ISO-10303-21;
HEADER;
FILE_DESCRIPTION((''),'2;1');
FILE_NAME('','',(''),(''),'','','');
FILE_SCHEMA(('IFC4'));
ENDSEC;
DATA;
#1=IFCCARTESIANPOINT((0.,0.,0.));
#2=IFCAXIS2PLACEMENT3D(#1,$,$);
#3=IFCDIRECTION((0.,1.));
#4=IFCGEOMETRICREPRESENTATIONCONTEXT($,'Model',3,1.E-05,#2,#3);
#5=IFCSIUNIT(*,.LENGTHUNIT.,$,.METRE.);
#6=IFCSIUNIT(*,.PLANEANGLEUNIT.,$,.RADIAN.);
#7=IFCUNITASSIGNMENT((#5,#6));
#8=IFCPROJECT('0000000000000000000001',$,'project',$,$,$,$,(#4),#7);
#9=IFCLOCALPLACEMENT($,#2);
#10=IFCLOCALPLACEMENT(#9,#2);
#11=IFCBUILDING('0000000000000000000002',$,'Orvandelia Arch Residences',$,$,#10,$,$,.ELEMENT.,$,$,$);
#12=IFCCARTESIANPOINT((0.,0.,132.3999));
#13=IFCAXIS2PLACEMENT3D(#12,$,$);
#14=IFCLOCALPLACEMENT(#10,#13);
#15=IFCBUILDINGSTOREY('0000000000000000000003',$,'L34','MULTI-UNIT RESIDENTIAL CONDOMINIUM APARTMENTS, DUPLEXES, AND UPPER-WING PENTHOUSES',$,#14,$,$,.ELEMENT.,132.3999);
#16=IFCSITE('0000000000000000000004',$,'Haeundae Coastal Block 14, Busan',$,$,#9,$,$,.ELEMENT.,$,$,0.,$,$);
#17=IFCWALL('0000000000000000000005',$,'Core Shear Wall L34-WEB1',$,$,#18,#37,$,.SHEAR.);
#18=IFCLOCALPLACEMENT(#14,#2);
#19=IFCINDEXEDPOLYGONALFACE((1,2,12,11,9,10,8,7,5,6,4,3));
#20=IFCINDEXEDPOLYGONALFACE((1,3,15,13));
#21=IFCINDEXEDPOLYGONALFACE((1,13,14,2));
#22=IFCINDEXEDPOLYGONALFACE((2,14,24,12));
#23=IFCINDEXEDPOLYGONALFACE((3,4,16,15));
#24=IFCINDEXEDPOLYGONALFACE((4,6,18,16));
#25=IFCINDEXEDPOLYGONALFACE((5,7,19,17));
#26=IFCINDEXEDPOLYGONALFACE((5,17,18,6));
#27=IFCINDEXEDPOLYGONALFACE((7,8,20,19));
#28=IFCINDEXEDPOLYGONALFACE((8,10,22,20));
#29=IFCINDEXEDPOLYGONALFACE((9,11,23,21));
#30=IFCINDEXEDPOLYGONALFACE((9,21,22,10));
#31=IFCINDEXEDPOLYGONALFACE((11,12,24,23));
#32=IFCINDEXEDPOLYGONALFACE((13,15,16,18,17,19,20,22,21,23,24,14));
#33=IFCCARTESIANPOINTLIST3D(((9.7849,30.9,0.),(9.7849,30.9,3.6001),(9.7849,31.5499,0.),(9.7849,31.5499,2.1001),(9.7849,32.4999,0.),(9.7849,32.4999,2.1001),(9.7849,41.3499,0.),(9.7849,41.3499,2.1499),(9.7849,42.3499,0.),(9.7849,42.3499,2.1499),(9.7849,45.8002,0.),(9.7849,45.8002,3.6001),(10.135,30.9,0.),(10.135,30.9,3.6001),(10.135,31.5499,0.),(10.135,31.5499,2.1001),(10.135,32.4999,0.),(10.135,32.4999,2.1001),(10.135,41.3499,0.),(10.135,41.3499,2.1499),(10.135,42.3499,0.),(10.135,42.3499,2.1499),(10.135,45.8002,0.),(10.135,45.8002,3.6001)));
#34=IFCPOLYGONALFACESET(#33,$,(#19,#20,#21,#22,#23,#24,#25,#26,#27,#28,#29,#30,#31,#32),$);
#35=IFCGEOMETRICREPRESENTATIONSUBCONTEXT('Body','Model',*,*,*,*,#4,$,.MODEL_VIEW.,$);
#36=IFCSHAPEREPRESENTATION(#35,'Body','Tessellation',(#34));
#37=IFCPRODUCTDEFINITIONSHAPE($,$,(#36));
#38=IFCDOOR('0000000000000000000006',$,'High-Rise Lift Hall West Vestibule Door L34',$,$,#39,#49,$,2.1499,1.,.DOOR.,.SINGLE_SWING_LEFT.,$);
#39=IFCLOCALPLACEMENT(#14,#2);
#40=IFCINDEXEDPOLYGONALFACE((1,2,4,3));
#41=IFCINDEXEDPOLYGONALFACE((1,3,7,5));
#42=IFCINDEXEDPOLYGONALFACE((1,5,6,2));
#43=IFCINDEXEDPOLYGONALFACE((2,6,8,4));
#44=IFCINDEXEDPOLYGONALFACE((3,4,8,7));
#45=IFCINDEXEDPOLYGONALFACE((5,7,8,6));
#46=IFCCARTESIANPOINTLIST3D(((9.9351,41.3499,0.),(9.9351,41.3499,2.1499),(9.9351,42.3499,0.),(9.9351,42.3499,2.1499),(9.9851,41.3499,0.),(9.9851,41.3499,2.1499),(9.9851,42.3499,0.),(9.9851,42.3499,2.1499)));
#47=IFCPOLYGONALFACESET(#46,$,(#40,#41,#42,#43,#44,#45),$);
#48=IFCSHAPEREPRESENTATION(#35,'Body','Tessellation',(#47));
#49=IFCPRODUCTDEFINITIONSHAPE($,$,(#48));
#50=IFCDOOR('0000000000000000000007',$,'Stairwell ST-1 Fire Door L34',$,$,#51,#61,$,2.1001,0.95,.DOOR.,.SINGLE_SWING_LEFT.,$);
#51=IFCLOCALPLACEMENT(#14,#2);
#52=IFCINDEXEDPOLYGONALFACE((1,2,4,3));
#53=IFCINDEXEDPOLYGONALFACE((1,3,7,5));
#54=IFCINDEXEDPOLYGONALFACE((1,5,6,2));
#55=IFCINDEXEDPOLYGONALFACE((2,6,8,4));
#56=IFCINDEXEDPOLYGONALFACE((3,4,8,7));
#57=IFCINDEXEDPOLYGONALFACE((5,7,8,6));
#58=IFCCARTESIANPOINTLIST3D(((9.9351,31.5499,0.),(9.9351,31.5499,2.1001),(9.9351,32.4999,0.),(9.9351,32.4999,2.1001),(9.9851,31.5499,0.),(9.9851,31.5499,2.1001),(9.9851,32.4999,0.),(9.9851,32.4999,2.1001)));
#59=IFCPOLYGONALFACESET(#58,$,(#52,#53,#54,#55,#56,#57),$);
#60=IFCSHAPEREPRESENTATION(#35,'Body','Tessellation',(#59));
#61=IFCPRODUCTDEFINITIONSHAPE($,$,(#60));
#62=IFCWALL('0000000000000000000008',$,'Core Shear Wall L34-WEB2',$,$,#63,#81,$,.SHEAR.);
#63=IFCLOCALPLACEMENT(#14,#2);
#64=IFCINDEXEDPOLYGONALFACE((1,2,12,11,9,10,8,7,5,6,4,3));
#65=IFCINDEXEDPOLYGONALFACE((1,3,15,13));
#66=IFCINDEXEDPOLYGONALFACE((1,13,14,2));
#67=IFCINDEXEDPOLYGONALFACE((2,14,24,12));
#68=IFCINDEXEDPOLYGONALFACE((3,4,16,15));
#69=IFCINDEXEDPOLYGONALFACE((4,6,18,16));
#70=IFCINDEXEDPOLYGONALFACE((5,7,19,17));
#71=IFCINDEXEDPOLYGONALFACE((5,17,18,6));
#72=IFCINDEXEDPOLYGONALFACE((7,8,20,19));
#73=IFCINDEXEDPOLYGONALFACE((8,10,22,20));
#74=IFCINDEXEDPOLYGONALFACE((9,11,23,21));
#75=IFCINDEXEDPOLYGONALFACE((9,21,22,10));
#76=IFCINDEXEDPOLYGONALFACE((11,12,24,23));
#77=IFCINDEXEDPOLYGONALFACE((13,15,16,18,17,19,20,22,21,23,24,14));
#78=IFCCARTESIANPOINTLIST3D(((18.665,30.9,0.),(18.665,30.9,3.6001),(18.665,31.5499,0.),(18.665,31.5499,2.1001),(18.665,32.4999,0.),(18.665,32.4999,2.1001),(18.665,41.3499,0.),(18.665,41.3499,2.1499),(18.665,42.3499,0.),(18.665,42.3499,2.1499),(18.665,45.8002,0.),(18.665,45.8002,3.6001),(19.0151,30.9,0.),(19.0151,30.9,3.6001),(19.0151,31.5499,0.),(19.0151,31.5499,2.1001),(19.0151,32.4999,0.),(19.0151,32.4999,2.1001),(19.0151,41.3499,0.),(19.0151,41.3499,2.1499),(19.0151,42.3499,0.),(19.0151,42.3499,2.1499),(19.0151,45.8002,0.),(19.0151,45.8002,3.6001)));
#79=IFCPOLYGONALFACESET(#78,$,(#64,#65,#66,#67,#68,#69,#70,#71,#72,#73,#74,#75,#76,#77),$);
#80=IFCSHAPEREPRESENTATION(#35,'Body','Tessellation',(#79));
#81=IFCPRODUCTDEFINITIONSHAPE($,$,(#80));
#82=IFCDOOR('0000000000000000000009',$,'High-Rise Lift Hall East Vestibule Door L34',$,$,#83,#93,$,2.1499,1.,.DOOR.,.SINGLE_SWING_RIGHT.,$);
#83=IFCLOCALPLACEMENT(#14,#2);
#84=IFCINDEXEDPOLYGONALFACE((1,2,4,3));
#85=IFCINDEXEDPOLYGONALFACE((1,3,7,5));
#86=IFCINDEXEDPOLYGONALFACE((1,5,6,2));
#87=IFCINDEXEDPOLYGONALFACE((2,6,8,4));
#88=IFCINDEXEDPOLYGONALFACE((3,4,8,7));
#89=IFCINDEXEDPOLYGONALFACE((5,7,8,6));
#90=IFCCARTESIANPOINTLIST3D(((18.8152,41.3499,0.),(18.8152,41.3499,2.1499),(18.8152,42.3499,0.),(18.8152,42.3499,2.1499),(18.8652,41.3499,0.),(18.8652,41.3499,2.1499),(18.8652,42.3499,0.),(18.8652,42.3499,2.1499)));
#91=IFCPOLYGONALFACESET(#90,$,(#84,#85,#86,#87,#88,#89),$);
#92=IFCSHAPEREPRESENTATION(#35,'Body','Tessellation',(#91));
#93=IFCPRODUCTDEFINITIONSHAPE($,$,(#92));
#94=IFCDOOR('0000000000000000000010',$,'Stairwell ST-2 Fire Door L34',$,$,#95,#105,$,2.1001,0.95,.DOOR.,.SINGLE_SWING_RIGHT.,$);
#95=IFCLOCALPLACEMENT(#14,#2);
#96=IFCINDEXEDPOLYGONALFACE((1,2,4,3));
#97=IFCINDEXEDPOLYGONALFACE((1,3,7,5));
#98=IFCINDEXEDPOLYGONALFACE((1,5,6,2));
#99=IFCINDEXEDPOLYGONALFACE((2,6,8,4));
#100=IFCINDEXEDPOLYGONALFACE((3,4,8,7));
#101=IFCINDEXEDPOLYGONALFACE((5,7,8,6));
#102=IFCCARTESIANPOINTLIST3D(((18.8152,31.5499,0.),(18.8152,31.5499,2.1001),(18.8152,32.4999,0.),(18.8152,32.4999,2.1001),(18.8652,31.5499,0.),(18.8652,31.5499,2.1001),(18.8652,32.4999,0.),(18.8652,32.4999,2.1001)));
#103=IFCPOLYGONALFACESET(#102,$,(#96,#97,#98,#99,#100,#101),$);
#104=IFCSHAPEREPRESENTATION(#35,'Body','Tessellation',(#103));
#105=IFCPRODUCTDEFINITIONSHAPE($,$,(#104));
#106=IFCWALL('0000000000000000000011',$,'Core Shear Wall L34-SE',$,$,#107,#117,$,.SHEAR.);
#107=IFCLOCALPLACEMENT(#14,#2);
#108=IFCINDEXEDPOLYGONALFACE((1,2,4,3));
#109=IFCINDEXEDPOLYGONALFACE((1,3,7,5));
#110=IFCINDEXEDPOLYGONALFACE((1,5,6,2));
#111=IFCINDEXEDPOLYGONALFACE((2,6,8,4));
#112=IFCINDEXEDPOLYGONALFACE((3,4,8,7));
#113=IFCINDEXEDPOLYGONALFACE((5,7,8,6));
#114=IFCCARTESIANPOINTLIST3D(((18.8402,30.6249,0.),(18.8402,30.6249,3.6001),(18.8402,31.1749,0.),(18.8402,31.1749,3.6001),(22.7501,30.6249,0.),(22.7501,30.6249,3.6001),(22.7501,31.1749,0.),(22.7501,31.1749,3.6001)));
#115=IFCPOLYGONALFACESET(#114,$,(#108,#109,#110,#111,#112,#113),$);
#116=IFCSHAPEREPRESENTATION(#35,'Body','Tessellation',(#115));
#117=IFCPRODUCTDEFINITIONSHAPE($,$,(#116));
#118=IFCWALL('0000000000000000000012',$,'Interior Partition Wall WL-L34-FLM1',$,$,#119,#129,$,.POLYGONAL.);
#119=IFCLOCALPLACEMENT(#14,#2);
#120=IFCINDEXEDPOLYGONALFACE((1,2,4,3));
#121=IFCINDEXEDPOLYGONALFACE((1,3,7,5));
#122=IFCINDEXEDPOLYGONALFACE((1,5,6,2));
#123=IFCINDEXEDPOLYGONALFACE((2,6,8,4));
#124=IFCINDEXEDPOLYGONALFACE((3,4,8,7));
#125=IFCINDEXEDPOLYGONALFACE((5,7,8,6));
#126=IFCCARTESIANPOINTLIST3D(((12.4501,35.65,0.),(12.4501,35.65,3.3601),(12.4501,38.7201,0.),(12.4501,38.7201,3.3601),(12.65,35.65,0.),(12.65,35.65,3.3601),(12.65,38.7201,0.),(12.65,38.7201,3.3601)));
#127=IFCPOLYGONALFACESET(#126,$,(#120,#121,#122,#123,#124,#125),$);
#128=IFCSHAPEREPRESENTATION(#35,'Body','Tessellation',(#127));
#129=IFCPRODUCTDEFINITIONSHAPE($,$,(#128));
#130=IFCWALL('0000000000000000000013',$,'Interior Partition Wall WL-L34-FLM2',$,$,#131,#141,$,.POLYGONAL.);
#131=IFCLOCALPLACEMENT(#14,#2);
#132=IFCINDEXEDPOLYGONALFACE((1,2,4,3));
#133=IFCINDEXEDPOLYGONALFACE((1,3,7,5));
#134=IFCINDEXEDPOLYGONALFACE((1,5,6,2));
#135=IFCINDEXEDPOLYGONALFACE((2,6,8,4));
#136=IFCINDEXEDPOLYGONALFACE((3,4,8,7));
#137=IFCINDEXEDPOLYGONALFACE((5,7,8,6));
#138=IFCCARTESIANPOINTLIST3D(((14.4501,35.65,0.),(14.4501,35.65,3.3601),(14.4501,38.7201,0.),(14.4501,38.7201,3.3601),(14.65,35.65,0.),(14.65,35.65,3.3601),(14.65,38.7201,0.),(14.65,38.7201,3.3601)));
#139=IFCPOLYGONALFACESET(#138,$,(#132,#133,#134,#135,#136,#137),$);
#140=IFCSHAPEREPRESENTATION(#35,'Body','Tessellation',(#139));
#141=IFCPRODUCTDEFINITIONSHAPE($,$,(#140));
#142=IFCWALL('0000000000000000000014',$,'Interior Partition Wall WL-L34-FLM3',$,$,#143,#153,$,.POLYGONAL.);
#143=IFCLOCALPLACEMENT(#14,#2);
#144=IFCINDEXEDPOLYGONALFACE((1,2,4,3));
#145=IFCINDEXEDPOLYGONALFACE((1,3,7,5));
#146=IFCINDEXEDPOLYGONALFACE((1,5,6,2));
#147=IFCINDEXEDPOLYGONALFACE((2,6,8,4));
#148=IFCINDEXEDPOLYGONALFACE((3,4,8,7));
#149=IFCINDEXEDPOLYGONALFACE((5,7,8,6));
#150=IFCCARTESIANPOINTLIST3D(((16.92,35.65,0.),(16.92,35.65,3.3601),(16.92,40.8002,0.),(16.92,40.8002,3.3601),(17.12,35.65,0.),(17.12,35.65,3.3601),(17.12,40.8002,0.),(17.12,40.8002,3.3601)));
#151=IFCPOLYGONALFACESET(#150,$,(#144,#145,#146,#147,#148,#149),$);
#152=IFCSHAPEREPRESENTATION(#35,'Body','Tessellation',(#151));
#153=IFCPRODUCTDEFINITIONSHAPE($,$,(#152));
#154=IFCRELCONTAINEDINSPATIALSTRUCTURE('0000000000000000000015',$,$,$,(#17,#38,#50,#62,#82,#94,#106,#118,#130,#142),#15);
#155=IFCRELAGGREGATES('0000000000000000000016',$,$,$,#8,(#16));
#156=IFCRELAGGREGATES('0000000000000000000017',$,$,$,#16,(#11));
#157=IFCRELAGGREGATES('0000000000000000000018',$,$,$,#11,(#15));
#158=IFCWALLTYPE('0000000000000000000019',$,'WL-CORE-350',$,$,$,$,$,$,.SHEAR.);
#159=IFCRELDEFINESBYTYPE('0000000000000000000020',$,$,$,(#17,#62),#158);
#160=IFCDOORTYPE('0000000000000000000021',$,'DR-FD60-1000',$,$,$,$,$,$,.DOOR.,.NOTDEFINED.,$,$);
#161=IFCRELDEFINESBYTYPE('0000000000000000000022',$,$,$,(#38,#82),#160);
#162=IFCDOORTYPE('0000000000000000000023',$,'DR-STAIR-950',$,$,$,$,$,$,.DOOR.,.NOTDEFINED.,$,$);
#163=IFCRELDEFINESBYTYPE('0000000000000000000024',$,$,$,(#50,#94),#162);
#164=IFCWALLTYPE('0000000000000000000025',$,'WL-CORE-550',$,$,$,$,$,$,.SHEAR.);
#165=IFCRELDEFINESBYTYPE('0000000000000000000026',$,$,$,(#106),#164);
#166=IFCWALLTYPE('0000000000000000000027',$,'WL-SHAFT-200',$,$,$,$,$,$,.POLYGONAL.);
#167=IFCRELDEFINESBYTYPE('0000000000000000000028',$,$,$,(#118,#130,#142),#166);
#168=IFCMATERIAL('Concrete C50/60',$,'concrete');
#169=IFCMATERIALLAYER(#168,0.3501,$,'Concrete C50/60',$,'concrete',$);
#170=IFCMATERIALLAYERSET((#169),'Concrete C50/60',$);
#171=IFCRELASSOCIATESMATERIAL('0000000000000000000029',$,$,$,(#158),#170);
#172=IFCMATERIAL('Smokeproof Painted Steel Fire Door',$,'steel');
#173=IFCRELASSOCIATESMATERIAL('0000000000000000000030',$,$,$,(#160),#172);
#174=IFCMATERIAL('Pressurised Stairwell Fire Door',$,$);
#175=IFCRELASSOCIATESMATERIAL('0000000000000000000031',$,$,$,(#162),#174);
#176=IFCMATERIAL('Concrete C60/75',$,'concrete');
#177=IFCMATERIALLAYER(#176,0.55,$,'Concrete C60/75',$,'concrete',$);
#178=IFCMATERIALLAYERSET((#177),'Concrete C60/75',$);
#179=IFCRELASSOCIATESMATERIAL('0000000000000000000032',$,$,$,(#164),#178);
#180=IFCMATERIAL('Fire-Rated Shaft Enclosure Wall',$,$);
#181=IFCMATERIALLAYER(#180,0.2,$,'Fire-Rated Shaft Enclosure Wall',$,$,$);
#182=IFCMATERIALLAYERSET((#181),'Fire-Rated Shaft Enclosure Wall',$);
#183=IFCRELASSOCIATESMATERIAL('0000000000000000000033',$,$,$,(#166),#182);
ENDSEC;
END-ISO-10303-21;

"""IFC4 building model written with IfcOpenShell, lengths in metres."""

from ifc_helpers import new_model, si_unit, direction, frame, frame_2d, origin, place, context, subcontext, project, spatial, rectangle, extrude, material, layer, layer_set, type_object, element, fill, save


model = new_model("IFC4")

# Units and contexts
model_context = context("Model", 3, precision=1e-05, world=origin(), true_north=direction((0.0, 1.0)))
body_context = subcontext(model_context, "Body", "Model", "MODEL_VIEW")
ifc_project = project(units=[si_unit("LENGTHUNIT", "METRE"), si_unit("PLANEANGLEUNIT", "RADIAN")], contexts=[model_context])

# Site, building, storey
site_placement = place(None, origin())
site = spatial("IfcSite", under=ifc_project, at=site_placement, Name="Haeundae Coastal Block 14, Busan", CompositionType="ELEMENT", RefElevation=0.0)
building_placement = place(site_placement, origin())
building = spatial("IfcBuilding", under=site, at=building_placement, Name="Orvandelia Arch Residences", CompositionType="ELEMENT")
storey_placement = place(building_placement, frame((0.0, 0.0, 132.3999)))
storey = spatial("IfcBuildingStorey", under=building, at=storey_placement, Name="L34", Description="MULTI-UNIT RESIDENTIAL CONDOMINIUM APARTMENTS, DUPLEXES, AND UPPER-WING PENTHOUSES", CompositionType="ELEMENT", Elevation=132.3999)

# Walls, openings, doors
ifc_material_1 = material(Name="Concrete C50/60", Category="concrete")
ifc_layer_1 = layer(ifc_material_1, 0.3501, Name="Concrete C50/60", Category="concrete")
ifc_layer_set_1 = layer_set([ifc_layer_1], Name="Concrete C50/60")
wall_type_1 = type_object("IfcWallType", Name="WL-CORE-350", PredefinedType="SHEAR", material=ifc_layer_set_1)
wall_1_placement = place(storey_placement, frame((9.96, 30.8999, 0.0), z_axis=(0.0, 0.0, 1.0), x_axis=(0.0, 1.0, 0.0)))
wall_1 = element("IfcWall", 1, at=wall_1_placement, inside=storey, type_object=wall_type_1, Name="Core Shear Wall L34-WEB1", PredefinedType="SHEAR", context=body_context, shape_type="SweptSolid", body=[
    extrude(rectangle(XDim=14.9001, YDim=0.3501, at=frame_2d((7.4502, 0.0))), origin(), (0.0, 0.0, 1.0), 3.6001),
])
opening_1_placement = place(wall_1_placement, frame((0.6499, 0.0, 0.0)))
opening_1 = element("IfcOpeningElement", 2, at=opening_1_placement, cuts=wall_1, PredefinedType="OPENING", context=body_context, shape_type="SweptSolid", body=[
    extrude(rectangle(XDim=0.95, YDim=2.1001, at=frame_2d((0.4751, 1.05))), frame((0.0, 0.1851, 0.0), z_axis=(0.0, -1.0, 0.0), x_axis=(1.0, 0.0, 0.0)), (0.0, 0.0, 1.0), 0.3701),
])
opening_2_placement = place(wall_1_placement, frame((10.45, 0.0, 0.0)))
opening_2 = element("IfcOpeningElement", 3, at=opening_2_placement, cuts=wall_1, PredefinedType="OPENING", context=body_context, shape_type="SweptSolid", body=[
    extrude(rectangle(XDim=1.0, YDim=2.1499, at=frame_2d((0.5, 1.075))), frame((0.0, 0.1851, 0.0), z_axis=(0.0, -1.0, 0.0), x_axis=(1.0, 0.0, 0.0)), (0.0, 0.0, 1.0), 0.3701),
])
ifc_material_2 = material(Name="Smokeproof Painted Steel Fire Door", Category="steel")
door_type_1 = type_object("IfcDoorType", Name="DR-FD60-1000", OperationType="NOTDEFINED", PredefinedType="DOOR", material=ifc_material_2)
door_1_placement = place(opening_2_placement, origin())
door_1 = element("IfcDoor", 4, at=door_1_placement, inside=storey, type_object=door_type_1, Name="High-Rise Lift Hall West Vestibule Door L34", OperationType="SINGLE_SWING_LEFT", OverallHeight=2.1499, OverallWidth=1.0, PredefinedType="DOOR", context=body_context, shape_type="SweptSolid", body=[
    extrude(rectangle(XDim=1.0, YDim=2.1499, at=frame_2d((0.5, 1.075))), frame((0.0, 0.0249, 0.0), z_axis=(0.0, -1.0, 0.0), x_axis=(1.0, 0.0, 0.0)), (0.0, 0.0, 1.0), 0.05),
])
fill(opening_2, door_1)
ifc_material_3 = material(Name="Pressurised Stairwell Fire Door")
door_type_2 = type_object("IfcDoorType", Name="DR-STAIR-950", OperationType="NOTDEFINED", PredefinedType="DOOR", material=ifc_material_3)
door_2_placement = place(opening_1_placement, origin())
door_2 = element("IfcDoor", 5, at=door_2_placement, inside=storey, type_object=door_type_2, Name="Stairwell ST-1 Fire Door L34", OperationType="SINGLE_SWING_LEFT", OverallHeight=2.1001, OverallWidth=0.95, PredefinedType="DOOR", context=body_context, shape_type="SweptSolid", body=[
    extrude(rectangle(XDim=0.95, YDim=2.1001, at=frame_2d((0.4751, 1.05))), frame((0.0, 0.0249, 0.0), z_axis=(0.0, -1.0, 0.0), x_axis=(1.0, 0.0, 0.0)), (0.0, 0.0, 1.0), 0.05),
])
fill(opening_1, door_2)
wall_2_placement = place(storey_placement, frame((18.8401, 30.8999, 0.0), z_axis=(0.0, 0.0, 1.0), x_axis=(0.0, 1.0, 0.0)))
wall_2 = element("IfcWall", 6, at=wall_2_placement, inside=storey, type_object=wall_type_1, Name="Core Shear Wall L34-WEB2", PredefinedType="SHEAR", context=body_context, shape_type="SweptSolid", body=[
    extrude(rectangle(XDim=14.9001, YDim=0.3501, at=frame_2d((7.4502, 0.0))), origin(), (0.0, 0.0, 1.0), 3.6001),
])
opening_3_placement = place(wall_2_placement, frame((0.6499, 0.0, 0.0)))
opening_3 = element("IfcOpeningElement", 7, at=opening_3_placement, cuts=wall_2, PredefinedType="OPENING", context=body_context, shape_type="SweptSolid", body=[
    extrude(rectangle(XDim=0.95, YDim=2.1001, at=frame_2d((0.4751, 1.05))), frame((0.0, 0.1851, 0.0), z_axis=(0.0, -1.0, 0.0), x_axis=(1.0, 0.0, 0.0)), (0.0, 0.0, 1.0), 0.3701),
])
opening_4_placement = place(wall_2_placement, frame((10.45, 0.0, 0.0)))
opening_4 = element("IfcOpeningElement", 8, at=opening_4_placement, cuts=wall_2, PredefinedType="OPENING", context=body_context, shape_type="SweptSolid", body=[
    extrude(rectangle(XDim=1.0, YDim=2.1499, at=frame_2d((0.5, 1.075))), frame((0.0, 0.1851, 0.0), z_axis=(0.0, -1.0, 0.0), x_axis=(1.0, 0.0, 0.0)), (0.0, 0.0, 1.0), 0.3701),
])
door_3_placement = place(opening_4_placement, origin())
door_3 = element("IfcDoor", 9, at=door_3_placement, inside=storey, type_object=door_type_1, Name="High-Rise Lift Hall East Vestibule Door L34", OperationType="SINGLE_SWING_RIGHT", OverallHeight=2.1499, OverallWidth=1.0, PredefinedType="DOOR", context=body_context, shape_type="SweptSolid", body=[
    extrude(rectangle(XDim=1.0, YDim=2.1499, at=frame_2d((0.5, 1.075))), frame((0.0, 0.0249, 0.0), z_axis=(0.0, -1.0, 0.0), x_axis=(1.0, 0.0, 0.0)), (0.0, 0.0, 1.0), 0.05),
])
fill(opening_4, door_3)
door_4_placement = place(opening_3_placement, origin())
door_4 = element("IfcDoor", 10, at=door_4_placement, inside=storey, type_object=door_type_2, Name="Stairwell ST-2 Fire Door L34", OperationType="SINGLE_SWING_RIGHT", OverallHeight=2.1001, OverallWidth=0.95, PredefinedType="DOOR", context=body_context, shape_type="SweptSolid", body=[
    extrude(rectangle(XDim=0.95, YDim=2.1001, at=frame_2d((0.4751, 1.05))), frame((0.0, 0.0249, 0.0), z_axis=(0.0, -1.0, 0.0), x_axis=(1.0, 0.0, 0.0)), (0.0, 0.0, 1.0), 0.05),
])
fill(opening_3, door_4)

# Shared definitions
ifc_material_4 = material(Name="Concrete C60/75", Category="concrete")
ifc_layer_2 = layer(ifc_material_4, 0.55, Name="Concrete C60/75", Category="concrete")
ifc_layer_set_2 = layer_set([ifc_layer_2], Name="Concrete C60/75")
wall_type_2 = type_object("IfcWallType", Name="WL-CORE-550", PredefinedType="SHEAR", material=ifc_layer_set_2)

# Walls
wall_3_placement = place(storey_placement, frame((18.8401, 30.8999, 0.0), z_axis=(0.0, 0.0, 1.0), x_axis=(1.0, 0.0, 0.0)))
element("IfcWall", 11, at=wall_3_placement, inside=storey, type_object=wall_type_2, Name="Core Shear Wall L34-SE", PredefinedType="SHEAR", context=body_context, shape_type="SweptSolid", body=[
    extrude(rectangle(XDim=3.9099, YDim=0.55, at=frame_2d((1.9551, 0.0))), origin(), (0.0, 0.0, 1.0), 3.6001),
])
ifc_material_5 = material(Name="Fire-Rated Shaft Enclosure Wall")
ifc_layer_3 = layer(ifc_material_5, 0.2, Name="Fire-Rated Shaft Enclosure Wall")
ifc_layer_set_3 = layer_set([ifc_layer_3], Name="Fire-Rated Shaft Enclosure Wall")
wall_type_3 = type_object("IfcWallType", Name="WL-SHAFT-200", PredefinedType="POLYGONAL", material=ifc_layer_set_3)
for number, where, z_axis, x_axis, name in (
    (12, (12.55, 35.6499, 0.0), (0.0, 0.0, 1.0), (0.0, 1.0, 0.0), "Interior Partition Wall WL-L34-FLM1"),
    (13, (14.55, 35.6499, 0.0), (0.0, 0.0, 1.0), (0.0, 1.0, 0.0), "Interior Partition Wall WL-L34-FLM2"),
):
    element("IfcWall", number, at=place(storey_placement, frame(where, z_axis=z_axis, x_axis=x_axis)), inside=storey, type_object=wall_type_3, Name=name, PredefinedType="POLYGONAL", context=body_context, shape_type="SweptSolid", body=[
        extrude(rectangle(XDim=3.0701, YDim=0.2, at=frame_2d((1.5352, 0.0))), origin(), (0.0, 0.0, 1.0), 3.3601),
    ])
wall_4_placement = place(storey_placement, frame((17.02, 35.6499, 0.0), z_axis=(0.0, 0.0, 1.0), x_axis=(0.0, 1.0, 0.0)))
element("IfcWall", 14, at=wall_4_placement, inside=storey, type_object=wall_type_3, Name="Interior Partition Wall WL-L34-FLM3", PredefinedType="POLYGONAL", context=body_context, shape_type="SweptSolid", body=[
    extrude(rectangle(XDim=5.1501, YDim=0.2, at=frame_2d((2.5752, 0.0))), origin(), (0.0, 0.0, 1.0), 3.3601),
])

save(model, "model.ifc")
